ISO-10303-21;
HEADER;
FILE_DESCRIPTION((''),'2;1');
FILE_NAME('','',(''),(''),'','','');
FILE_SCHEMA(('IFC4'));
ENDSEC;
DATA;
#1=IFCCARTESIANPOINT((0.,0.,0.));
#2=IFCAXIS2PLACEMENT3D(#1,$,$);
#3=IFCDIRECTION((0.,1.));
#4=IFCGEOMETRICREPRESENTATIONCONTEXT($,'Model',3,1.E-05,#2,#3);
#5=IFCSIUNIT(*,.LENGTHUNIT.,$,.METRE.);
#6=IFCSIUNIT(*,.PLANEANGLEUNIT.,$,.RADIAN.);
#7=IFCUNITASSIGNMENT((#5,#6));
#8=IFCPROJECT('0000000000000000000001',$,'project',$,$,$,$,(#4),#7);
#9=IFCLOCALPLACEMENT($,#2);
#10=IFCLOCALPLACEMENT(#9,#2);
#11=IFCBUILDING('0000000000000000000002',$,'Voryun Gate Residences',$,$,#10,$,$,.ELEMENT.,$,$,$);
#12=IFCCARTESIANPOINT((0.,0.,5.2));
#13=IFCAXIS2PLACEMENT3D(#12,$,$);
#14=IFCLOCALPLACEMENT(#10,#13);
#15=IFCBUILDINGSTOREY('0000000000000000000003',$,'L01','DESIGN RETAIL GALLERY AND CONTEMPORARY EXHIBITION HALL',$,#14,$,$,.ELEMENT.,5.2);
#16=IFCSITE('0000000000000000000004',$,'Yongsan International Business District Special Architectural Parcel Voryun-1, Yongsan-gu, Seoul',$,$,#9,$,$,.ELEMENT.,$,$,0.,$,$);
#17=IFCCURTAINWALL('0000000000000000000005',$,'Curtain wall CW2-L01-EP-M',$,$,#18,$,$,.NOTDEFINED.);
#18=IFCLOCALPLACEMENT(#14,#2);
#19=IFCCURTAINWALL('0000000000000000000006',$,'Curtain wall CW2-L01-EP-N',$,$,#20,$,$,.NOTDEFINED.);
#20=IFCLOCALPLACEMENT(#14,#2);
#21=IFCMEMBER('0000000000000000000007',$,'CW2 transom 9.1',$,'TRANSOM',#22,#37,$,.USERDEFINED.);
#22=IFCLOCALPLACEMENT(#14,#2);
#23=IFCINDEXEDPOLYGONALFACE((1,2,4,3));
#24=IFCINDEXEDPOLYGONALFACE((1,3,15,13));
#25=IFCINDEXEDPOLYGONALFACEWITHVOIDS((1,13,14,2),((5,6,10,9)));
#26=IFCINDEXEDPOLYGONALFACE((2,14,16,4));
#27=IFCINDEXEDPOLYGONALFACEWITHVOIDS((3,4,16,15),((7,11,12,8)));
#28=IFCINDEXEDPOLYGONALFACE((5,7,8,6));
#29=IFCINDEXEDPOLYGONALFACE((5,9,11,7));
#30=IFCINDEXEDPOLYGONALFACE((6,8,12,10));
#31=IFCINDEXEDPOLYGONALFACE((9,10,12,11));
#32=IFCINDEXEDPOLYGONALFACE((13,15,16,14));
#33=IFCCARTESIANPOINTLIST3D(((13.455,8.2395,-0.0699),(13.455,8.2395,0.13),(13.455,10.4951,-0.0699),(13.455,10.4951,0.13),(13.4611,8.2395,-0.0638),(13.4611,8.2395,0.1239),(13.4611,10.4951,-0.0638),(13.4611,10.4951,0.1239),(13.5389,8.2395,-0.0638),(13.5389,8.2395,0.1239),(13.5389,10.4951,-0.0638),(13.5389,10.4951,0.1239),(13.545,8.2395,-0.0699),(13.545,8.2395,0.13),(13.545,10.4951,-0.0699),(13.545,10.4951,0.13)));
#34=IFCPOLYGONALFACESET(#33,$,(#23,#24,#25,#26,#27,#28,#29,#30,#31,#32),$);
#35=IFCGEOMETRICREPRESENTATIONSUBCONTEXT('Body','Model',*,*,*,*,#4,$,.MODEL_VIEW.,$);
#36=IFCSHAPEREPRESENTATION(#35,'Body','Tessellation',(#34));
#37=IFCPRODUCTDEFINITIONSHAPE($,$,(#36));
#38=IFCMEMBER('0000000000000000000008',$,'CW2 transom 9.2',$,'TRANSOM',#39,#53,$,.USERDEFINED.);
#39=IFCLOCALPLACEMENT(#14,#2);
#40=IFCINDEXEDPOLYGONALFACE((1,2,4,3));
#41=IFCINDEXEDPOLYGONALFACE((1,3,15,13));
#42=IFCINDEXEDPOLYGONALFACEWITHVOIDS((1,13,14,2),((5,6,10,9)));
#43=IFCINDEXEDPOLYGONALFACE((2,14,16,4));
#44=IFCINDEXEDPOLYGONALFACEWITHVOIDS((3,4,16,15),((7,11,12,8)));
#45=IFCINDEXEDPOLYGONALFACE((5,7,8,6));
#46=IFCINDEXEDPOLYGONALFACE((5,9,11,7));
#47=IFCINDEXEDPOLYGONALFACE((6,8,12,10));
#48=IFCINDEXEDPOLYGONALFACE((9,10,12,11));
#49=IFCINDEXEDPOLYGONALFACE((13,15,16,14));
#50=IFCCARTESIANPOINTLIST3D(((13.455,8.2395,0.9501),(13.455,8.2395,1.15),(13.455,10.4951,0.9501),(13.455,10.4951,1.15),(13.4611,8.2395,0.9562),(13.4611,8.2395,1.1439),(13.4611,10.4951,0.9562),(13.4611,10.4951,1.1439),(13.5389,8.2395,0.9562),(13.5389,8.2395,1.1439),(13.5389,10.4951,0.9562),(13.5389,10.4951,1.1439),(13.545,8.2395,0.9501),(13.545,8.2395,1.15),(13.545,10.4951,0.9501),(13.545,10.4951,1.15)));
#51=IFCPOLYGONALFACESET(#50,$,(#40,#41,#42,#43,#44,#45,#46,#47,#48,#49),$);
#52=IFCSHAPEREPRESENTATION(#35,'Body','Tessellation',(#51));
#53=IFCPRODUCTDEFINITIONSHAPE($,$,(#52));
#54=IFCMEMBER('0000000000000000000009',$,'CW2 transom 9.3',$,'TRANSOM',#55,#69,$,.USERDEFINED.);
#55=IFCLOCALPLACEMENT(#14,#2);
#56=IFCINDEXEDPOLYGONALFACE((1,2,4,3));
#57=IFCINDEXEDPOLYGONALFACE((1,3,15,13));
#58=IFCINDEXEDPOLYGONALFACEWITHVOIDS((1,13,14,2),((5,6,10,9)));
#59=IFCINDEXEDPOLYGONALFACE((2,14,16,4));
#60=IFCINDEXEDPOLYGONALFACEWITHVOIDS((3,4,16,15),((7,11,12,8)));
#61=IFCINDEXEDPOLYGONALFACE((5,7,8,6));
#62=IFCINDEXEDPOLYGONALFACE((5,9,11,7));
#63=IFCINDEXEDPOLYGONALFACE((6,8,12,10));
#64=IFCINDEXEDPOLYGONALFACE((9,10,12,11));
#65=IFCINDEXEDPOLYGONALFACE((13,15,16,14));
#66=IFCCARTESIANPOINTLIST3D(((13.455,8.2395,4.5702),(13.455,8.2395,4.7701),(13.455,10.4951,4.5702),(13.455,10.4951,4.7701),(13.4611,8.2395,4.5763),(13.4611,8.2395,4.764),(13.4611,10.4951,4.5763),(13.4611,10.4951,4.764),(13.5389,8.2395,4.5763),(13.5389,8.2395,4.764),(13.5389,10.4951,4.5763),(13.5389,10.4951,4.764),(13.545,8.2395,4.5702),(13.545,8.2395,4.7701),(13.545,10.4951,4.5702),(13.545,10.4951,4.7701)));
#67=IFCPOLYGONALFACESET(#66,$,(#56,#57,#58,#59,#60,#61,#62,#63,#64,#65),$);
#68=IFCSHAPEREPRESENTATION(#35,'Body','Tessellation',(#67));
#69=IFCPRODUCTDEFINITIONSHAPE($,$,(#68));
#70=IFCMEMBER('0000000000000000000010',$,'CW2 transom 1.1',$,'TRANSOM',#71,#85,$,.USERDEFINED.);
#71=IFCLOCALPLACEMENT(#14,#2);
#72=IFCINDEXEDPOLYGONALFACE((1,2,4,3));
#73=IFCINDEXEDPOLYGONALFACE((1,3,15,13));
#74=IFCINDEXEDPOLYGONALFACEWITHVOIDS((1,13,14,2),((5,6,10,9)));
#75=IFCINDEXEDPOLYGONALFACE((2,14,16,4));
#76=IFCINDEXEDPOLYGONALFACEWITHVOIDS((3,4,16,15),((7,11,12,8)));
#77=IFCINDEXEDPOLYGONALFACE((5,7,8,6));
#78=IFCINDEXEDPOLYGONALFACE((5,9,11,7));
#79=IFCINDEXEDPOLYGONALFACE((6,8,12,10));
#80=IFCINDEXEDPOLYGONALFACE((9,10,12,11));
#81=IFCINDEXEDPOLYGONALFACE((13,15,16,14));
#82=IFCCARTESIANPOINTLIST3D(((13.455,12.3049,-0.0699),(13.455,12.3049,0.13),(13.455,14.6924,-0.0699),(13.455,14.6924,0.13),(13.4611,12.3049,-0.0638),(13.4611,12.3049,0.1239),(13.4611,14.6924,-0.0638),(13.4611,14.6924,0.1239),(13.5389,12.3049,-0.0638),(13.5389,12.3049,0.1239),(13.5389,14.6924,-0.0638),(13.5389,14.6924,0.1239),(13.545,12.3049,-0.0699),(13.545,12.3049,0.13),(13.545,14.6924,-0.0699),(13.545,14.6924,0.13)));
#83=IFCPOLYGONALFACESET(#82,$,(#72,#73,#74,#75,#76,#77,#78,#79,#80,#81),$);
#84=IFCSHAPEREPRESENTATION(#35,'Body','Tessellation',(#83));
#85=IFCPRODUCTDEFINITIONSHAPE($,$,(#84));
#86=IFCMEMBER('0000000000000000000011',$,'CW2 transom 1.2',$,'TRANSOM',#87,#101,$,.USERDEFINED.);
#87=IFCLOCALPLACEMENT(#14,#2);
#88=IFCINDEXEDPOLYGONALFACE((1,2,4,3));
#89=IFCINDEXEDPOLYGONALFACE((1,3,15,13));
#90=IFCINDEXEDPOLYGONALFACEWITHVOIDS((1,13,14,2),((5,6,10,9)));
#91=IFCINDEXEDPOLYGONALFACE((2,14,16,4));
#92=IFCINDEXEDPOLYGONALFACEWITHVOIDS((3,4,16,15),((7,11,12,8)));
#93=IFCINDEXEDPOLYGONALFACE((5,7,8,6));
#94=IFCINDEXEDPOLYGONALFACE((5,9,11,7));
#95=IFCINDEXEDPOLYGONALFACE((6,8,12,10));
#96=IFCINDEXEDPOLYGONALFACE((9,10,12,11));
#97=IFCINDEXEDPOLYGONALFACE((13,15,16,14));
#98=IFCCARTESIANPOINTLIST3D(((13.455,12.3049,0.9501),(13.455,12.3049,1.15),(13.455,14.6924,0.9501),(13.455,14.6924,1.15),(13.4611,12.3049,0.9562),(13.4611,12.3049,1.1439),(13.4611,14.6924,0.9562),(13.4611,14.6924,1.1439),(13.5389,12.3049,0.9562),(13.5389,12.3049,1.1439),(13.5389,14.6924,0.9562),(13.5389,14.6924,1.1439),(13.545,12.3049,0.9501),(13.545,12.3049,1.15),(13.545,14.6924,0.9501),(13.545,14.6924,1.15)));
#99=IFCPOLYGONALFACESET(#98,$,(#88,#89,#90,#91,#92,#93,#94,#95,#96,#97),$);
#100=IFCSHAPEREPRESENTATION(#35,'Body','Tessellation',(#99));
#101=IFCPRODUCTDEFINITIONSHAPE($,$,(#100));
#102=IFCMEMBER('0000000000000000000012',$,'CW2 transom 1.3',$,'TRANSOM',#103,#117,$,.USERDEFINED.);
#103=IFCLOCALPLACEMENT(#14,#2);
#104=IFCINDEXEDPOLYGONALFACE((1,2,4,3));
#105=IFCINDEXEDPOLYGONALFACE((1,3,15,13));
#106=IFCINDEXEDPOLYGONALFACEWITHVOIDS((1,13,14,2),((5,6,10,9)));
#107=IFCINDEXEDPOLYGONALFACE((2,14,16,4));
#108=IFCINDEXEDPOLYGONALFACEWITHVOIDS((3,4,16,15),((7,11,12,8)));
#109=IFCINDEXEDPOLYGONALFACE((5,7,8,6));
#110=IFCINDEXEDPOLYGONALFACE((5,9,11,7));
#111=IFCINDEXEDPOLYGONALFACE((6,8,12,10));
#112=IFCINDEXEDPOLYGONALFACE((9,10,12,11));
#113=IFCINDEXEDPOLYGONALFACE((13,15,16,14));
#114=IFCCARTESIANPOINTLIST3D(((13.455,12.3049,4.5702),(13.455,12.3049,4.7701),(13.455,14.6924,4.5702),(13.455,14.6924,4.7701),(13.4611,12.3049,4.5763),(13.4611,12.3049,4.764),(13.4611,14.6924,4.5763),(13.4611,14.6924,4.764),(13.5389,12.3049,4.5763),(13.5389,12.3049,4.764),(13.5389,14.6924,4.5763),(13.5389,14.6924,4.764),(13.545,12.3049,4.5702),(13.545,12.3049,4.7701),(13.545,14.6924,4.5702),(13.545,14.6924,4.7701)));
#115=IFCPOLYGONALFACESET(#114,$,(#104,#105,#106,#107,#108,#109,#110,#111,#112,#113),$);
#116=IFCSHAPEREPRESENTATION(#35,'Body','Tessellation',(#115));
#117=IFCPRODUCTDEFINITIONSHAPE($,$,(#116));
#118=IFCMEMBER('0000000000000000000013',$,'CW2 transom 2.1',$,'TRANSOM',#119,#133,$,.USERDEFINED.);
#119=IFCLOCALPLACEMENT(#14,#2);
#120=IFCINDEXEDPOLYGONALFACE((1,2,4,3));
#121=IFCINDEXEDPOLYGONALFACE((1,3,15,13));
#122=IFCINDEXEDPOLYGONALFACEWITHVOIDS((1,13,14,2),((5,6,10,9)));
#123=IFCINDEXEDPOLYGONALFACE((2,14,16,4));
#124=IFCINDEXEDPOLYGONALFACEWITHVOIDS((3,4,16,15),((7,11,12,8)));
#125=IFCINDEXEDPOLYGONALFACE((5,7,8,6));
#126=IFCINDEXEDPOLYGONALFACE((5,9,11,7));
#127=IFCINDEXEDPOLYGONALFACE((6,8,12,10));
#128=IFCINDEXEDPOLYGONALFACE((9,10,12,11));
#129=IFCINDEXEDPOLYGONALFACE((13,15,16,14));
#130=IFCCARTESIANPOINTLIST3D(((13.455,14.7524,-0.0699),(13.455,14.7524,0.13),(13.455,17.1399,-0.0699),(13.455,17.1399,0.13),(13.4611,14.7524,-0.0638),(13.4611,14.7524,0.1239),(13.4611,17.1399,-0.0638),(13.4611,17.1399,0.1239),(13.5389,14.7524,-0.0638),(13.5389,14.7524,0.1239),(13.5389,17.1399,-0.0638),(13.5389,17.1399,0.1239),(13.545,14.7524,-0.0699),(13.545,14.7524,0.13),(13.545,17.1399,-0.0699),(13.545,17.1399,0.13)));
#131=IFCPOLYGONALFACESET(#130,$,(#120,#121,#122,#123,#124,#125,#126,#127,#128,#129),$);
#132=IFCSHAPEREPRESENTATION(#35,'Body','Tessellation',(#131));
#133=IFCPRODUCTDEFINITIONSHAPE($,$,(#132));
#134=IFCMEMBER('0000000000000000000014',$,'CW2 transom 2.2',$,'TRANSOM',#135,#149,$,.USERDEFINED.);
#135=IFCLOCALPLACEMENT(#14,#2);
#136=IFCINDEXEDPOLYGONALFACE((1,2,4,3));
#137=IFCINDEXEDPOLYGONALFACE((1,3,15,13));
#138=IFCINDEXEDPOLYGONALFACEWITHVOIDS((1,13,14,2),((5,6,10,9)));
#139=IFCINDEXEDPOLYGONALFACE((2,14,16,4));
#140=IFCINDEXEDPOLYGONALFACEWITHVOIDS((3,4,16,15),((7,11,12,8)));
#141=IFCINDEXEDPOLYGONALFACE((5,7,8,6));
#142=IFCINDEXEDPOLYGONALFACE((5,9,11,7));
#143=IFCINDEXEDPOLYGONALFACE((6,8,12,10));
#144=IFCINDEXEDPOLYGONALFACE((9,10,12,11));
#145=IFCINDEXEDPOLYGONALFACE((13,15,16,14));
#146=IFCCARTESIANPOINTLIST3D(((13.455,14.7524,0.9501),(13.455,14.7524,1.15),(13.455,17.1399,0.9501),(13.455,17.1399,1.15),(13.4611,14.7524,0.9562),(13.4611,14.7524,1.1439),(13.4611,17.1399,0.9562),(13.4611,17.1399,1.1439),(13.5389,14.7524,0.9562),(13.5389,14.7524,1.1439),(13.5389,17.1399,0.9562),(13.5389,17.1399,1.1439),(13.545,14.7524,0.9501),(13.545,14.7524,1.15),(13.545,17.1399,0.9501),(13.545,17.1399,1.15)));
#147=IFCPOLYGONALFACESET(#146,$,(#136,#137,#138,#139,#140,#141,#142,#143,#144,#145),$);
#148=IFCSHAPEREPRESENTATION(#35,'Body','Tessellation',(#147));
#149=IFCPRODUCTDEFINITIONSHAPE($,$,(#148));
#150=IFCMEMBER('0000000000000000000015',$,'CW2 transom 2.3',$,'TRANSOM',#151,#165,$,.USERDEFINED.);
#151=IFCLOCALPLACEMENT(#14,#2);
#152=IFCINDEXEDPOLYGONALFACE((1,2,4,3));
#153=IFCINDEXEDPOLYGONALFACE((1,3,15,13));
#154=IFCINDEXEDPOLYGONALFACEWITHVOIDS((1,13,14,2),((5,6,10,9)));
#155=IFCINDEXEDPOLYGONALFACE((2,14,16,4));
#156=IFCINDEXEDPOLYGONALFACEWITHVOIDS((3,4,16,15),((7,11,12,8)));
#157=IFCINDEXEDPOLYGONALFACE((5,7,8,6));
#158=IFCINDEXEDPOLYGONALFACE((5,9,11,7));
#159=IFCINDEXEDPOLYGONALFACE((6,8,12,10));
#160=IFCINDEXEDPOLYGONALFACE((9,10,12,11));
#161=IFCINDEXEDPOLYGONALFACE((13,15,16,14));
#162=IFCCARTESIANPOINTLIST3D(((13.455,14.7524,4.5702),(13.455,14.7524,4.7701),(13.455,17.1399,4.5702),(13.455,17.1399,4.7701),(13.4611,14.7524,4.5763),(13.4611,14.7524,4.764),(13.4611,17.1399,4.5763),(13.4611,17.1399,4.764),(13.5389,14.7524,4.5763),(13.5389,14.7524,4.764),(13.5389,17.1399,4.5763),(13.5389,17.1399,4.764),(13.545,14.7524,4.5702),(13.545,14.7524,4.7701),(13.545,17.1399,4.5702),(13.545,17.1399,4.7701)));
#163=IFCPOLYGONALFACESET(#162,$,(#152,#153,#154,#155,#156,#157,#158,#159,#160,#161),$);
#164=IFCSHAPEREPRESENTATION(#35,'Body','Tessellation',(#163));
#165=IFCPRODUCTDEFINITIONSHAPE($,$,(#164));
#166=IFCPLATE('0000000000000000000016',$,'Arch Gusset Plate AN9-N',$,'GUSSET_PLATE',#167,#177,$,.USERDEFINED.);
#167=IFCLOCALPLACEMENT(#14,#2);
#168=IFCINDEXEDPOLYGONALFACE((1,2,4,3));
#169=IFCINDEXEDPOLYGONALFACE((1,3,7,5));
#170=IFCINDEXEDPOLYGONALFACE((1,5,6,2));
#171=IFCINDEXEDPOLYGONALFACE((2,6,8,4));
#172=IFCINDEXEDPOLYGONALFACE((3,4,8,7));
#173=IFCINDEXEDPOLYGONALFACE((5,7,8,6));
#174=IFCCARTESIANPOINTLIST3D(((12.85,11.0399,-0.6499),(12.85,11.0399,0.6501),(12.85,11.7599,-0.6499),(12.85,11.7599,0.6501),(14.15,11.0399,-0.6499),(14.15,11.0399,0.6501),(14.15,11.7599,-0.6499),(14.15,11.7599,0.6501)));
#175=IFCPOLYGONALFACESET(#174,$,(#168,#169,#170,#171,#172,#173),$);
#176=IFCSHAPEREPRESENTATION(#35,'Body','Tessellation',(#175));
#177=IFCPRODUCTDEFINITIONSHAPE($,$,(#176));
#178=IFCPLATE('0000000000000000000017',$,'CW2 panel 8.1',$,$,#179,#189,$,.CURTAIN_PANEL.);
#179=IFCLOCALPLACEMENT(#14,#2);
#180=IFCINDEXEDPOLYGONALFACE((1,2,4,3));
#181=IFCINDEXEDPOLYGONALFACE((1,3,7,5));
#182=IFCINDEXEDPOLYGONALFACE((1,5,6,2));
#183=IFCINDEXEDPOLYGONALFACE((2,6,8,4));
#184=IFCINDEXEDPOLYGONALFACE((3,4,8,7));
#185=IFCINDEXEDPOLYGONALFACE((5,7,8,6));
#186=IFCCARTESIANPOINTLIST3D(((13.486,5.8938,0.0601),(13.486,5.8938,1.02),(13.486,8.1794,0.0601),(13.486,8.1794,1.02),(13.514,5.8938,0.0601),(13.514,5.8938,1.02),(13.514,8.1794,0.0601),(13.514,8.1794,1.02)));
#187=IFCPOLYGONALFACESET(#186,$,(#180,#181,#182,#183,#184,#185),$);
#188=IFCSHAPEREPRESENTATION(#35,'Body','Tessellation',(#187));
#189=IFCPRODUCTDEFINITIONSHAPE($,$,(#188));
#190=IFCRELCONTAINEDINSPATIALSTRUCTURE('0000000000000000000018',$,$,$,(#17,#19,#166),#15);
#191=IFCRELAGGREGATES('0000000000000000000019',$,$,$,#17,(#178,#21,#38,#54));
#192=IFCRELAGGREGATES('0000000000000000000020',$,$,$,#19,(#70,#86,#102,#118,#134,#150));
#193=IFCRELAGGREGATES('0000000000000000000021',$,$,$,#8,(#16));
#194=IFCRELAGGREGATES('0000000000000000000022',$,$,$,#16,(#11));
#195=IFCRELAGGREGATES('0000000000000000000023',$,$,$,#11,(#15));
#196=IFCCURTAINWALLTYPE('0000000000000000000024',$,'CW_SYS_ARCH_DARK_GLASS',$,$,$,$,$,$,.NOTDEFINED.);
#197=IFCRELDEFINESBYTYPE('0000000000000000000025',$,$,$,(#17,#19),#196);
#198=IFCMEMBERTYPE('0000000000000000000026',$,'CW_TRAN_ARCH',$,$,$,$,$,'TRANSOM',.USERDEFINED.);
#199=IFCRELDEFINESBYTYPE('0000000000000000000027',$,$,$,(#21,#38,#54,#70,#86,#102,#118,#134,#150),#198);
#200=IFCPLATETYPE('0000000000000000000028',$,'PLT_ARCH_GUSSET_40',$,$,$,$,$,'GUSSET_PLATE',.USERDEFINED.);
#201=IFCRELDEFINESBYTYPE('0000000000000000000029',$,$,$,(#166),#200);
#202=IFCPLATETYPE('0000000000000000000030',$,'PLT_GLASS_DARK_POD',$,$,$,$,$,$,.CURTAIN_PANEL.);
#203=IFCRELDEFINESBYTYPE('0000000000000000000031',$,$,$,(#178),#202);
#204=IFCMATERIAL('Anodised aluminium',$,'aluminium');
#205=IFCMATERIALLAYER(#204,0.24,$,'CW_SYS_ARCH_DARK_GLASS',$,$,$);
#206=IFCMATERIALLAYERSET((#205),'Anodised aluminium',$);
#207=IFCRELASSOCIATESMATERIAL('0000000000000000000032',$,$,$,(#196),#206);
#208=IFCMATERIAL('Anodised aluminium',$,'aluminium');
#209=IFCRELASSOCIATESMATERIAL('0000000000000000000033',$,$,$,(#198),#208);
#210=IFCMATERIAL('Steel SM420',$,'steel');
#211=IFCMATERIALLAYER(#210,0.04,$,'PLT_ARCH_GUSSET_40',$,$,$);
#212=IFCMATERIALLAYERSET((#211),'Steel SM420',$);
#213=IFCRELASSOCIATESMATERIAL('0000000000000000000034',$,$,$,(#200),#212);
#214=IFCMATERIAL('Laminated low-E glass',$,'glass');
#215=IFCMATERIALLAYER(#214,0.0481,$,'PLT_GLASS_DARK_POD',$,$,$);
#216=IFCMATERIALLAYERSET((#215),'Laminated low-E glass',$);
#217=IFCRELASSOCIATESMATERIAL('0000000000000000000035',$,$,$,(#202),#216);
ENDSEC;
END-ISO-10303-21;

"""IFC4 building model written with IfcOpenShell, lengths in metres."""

from ifc_helpers import new_model, si_unit, direction, frame, origin, origin_2d, place, context, subcontext, project, spatial, rectangle, hollow_rectangle, extrude, material, layer, layer_set, material_profile, profile_set, type_object, element, aggregate, save


model = new_model("IFC4")

# Units and contexts
model_context = context("Model", 3, precision=1e-05, world=origin(), true_north=direction((0.0, 1.0)))
body_context = subcontext(model_context, "Body", "Model", "MODEL_VIEW")
ifc_project = project(units=[si_unit("LENGTHUNIT", "METRE"), si_unit("PLANEANGLEUNIT", "RADIAN")], contexts=[model_context])

# Site, building, storey
site_placement = place(None, origin())
site = spatial("IfcSite", under=ifc_project, at=site_placement, Name="Yongsan International Business District Special Architectural Parcel Voryun-1, Yongsan-gu, Seoul", CompositionType="ELEMENT", RefElevation=0.0)
building_placement = place(site_placement, origin())
building = spatial("IfcBuilding", under=site, at=building_placement, Name="Voryun Gate Residences", CompositionType="ELEMENT")
storey_placement = place(building_placement, frame((0.0, 0.0, 5.2)))
storey = spatial("IfcBuildingStorey", under=building, at=storey_placement, Name="L01", Description="DESIGN RETAIL GALLERY AND CONTEMPORARY EXHIBITION HALL", CompositionType="ELEMENT", Elevation=5.2)

# Curtain walls
ifc_material_1 = material(Name="Anodised aluminium", Category="aluminium")
ifc_layer_1 = layer(ifc_material_1, 0.24, Name="CW_SYS_ARCH_DARK_GLASS")
ifc_layer_set_1 = layer_set([ifc_layer_1], Name="Anodised aluminium")
curtain_wall_type = type_object("IfcCurtainWallType", Name="CW_SYS_ARCH_DARK_GLASS", PredefinedType="NOTDEFINED", material=ifc_layer_set_1)
curtain_wall_1_placement = place(storey_placement, origin())
curtain_wall_1 = element("IfcCurtainWall", 1, at=curtain_wall_1_placement, inside=storey, type_object=curtain_wall_type, Name="Curtain wall CW2-L01-EP-M", PredefinedType="NOTDEFINED")
curtain_wall_2_placement = place(storey_placement, origin())
curtain_wall_2 = element("IfcCurtainWall", 2, at=curtain_wall_2_placement, inside=storey, type_object=curtain_wall_type, Name="Curtain wall CW2-L01-EP-N", PredefinedType="NOTDEFINED")

# Members
ifc_material_2 = material(Name="Anodised aluminium", Category="aluminium")
ifc_material_profile_1 = material_profile(ifc_material_2, hollow_rectangle(XDim=0.0901, YDim=0.2, WallThickness=0.0061, at=origin_2d()), Name="ALU-TRAN-200x90x6")
ifc_profile_set_1 = profile_set([ifc_material_profile_1], Name="Anodised aluminium")
member_type_1 = type_object("IfcMemberType", Name="CW_TRAN_ARCH", ElementType="TRANSOM", PredefinedType="USERDEFINED", material=ifc_profile_set_1)
member_1_placement = place(storey_placement, frame((13.5, 8.2395, 0.03), z_axis=(0.0, 1.0, 0.0), x_axis=(-1.0, 0.0, 0.0)))
member_1 = element("IfcMember", 3, at=member_1_placement, type_object=member_type_1, Name="CW2 transom 9.1", ObjectType="TRANSOM", PredefinedType="USERDEFINED", context=body_context, shape_type="SweptSolid", body=[
    extrude(hollow_rectangle(XDim=0.0901, YDim=0.2, WallThickness=0.0061, at=origin_2d()), origin(), (0.0, 0.0, 1.0), 2.2556),
])
member_2_placement = place(storey_placement, frame((13.5, 8.2395, 1.05), z_axis=(0.0, 1.0, 0.0), x_axis=(-1.0, 0.0, 0.0)))
member_2 = element("IfcMember", 4, at=member_2_placement, type_object=member_type_1, Name="CW2 transom 9.2", ObjectType="TRANSOM", PredefinedType="USERDEFINED", context=body_context, shape_type="SweptSolid", body=[
    extrude(hollow_rectangle(XDim=0.0901, YDim=0.2, WallThickness=0.0061, at=origin_2d()), origin(), (0.0, 0.0, 1.0), 2.2556),
])
member_3_placement = place(storey_placement, frame((13.5, 8.2395, 4.6702), z_axis=(0.0, 1.0, 0.0), x_axis=(-1.0, 0.0, 0.0)))
member_3 = element("IfcMember", 5, at=member_3_placement, type_object=member_type_1, Name="CW2 transom 9.3", ObjectType="TRANSOM", PredefinedType="USERDEFINED", context=body_context, shape_type="SweptSolid", body=[
    extrude(hollow_rectangle(XDim=0.0901, YDim=0.2, WallThickness=0.0061, at=origin_2d()), origin(), (0.0, 0.0, 1.0), 2.2556),
])
member_4_placement = place(storey_placement, frame((13.5, 12.3049, 0.03), z_axis=(0.0, 1.0, 0.0), x_axis=(-1.0, 0.0, 0.0)))
member_4 = element("IfcMember", 6, at=member_4_placement, type_object=member_type_1, Name="CW2 transom 1.1", ObjectType="TRANSOM", PredefinedType="USERDEFINED", context=body_context, shape_type="SweptSolid", body=[
    extrude(hollow_rectangle(XDim=0.0901, YDim=0.2, WallThickness=0.0061, at=origin_2d()), origin(), (0.0, 0.0, 1.0), 2.3875),
])
member_5_placement = place(storey_placement, frame((13.5, 12.3049, 1.05), z_axis=(0.0, 1.0, 0.0), x_axis=(-1.0, 0.0, 0.0)))
member_5 = element("IfcMember", 7, at=member_5_placement, type_object=member_type_1, Name="CW2 transom 1.2", ObjectType="TRANSOM", PredefinedType="USERDEFINED", context=body_context, shape_type="SweptSolid", body=[
    extrude(hollow_rectangle(XDim=0.0901, YDim=0.2, WallThickness=0.0061, at=origin_2d()), origin(), (0.0, 0.0, 1.0), 2.3875),
])
member_6_placement = place(storey_placement, frame((13.5, 12.3049, 4.6702), z_axis=(0.0, 1.0, 0.0), x_axis=(-1.0, 0.0, 0.0)))
member_6 = element("IfcMember", 8, at=member_6_placement, type_object=member_type_1, Name="CW2 transom 1.3", ObjectType="TRANSOM", PredefinedType="USERDEFINED", context=body_context, shape_type="SweptSolid", body=[
    extrude(hollow_rectangle(XDim=0.0901, YDim=0.2, WallThickness=0.0061, at=origin_2d()), origin(), (0.0, 0.0, 1.0), 2.3875),
])
member_7_placement = place(storey_placement, frame((13.5, 14.7524, 0.03), z_axis=(0.0, 1.0, 0.0), x_axis=(-1.0, 0.0, 0.0)))
member_7 = element("IfcMember", 9, at=member_7_placement, type_object=member_type_1, Name="CW2 transom 2.1", ObjectType="TRANSOM", PredefinedType="USERDEFINED", context=body_context, shape_type="SweptSolid", body=[
    extrude(hollow_rectangle(XDim=0.0901, YDim=0.2, WallThickness=0.0061, at=origin_2d()), origin(), (0.0, 0.0, 1.0), 2.3875),
])
member_8_placement = place(storey_placement, frame((13.5, 14.7524, 1.05), z_axis=(0.0, 1.0, 0.0), x_axis=(-1.0, 0.0, 0.0)))
member_8 = element("IfcMember", 10, at=member_8_placement, type_object=member_type_1, Name="CW2 transom 2.2", ObjectType="TRANSOM", PredefinedType="USERDEFINED", context=body_context, shape_type="SweptSolid", body=[
    extrude(hollow_rectangle(XDim=0.0901, YDim=0.2, WallThickness=0.0061, at=origin_2d()), origin(), (0.0, 0.0, 1.0), 2.3875),
])
member_9_placement = place(storey_placement, frame((13.5, 14.7524, 4.6702), z_axis=(0.0, 1.0, 0.0), x_axis=(-1.0, 0.0, 0.0)))
member_9 = element("IfcMember", 11, at=member_9_placement, type_object=member_type_1, Name="CW2 transom 2.3", ObjectType="TRANSOM", PredefinedType="USERDEFINED", context=body_context, shape_type="SweptSolid", body=[
    extrude(hollow_rectangle(XDim=0.0901, YDim=0.2, WallThickness=0.0061, at=origin_2d()), origin(), (0.0, 0.0, 1.0), 2.3875),
])

# Plates
ifc_material_3 = material(Name="Steel SM420", Category="steel")
ifc_layer_2 = layer(ifc_material_3, 0.04, Name="PLT_ARCH_GUSSET_40")
ifc_layer_set_2 = layer_set([ifc_layer_2], Name="Steel SM420")
plate_type_1 = type_object("IfcPlateType", Name="PLT_ARCH_GUSSET_40", ElementType="GUSSET_PLATE", PredefinedType="USERDEFINED", material=ifc_layer_set_2)
plate_1_placement = place(storey_placement, frame((13.5, 11.3999, -0.6499), z_axis=(0.0, 0.0, 1.0), x_axis=(1.0, 0.0, 0.0)))
element("IfcPlate", 12, at=plate_1_placement, inside=storey, type_object=plate_type_1, Name="Arch Gusset Plate AN9-N", ObjectType="GUSSET_PLATE", PredefinedType="USERDEFINED", context=body_context, shape_type="SweptSolid", body=[
    extrude(rectangle(XDim=1.3, YDim=0.72, at=origin_2d()), origin(), (0.0, 0.0, 1.0), 1.3),
])
ifc_material_4 = material(Name="Laminated low-E glass", Category="glass")
ifc_layer_3 = layer(ifc_material_4, 0.0481, Name="PLT_GLASS_DARK_POD")
ifc_layer_set_3 = layer_set([ifc_layer_3], Name="Laminated low-E glass")
plate_type_2 = type_object("IfcPlateType", Name="PLT_GLASS_DARK_POD", PredefinedType="CURTAIN_PANEL", material=ifc_layer_set_3)
plate_2_placement = place(storey_placement, frame((13.5, 7.0366, 0.0601), z_axis=(0.0, 0.0, 1.0), x_axis=(0.0, 1.0, 0.0)))
plate_2 = element("IfcPlate", 13, at=plate_2_placement, type_object=plate_type_2, Name="CW2 panel 8.1", PredefinedType="CURTAIN_PANEL", context=body_context, shape_type="SweptSolid", body=[
    extrude(rectangle(XDim=2.2856, YDim=0.0281, at=origin_2d()), origin(), (0.0, 0.0, 1.0), 0.96),
])
aggregate(curtain_wall_1, [plate_2, member_1, member_2, member_3])
aggregate(curtain_wall_2, [member_4, member_5, member_6, member_7, member_8, member_9])

save(model, "model.ifc")
